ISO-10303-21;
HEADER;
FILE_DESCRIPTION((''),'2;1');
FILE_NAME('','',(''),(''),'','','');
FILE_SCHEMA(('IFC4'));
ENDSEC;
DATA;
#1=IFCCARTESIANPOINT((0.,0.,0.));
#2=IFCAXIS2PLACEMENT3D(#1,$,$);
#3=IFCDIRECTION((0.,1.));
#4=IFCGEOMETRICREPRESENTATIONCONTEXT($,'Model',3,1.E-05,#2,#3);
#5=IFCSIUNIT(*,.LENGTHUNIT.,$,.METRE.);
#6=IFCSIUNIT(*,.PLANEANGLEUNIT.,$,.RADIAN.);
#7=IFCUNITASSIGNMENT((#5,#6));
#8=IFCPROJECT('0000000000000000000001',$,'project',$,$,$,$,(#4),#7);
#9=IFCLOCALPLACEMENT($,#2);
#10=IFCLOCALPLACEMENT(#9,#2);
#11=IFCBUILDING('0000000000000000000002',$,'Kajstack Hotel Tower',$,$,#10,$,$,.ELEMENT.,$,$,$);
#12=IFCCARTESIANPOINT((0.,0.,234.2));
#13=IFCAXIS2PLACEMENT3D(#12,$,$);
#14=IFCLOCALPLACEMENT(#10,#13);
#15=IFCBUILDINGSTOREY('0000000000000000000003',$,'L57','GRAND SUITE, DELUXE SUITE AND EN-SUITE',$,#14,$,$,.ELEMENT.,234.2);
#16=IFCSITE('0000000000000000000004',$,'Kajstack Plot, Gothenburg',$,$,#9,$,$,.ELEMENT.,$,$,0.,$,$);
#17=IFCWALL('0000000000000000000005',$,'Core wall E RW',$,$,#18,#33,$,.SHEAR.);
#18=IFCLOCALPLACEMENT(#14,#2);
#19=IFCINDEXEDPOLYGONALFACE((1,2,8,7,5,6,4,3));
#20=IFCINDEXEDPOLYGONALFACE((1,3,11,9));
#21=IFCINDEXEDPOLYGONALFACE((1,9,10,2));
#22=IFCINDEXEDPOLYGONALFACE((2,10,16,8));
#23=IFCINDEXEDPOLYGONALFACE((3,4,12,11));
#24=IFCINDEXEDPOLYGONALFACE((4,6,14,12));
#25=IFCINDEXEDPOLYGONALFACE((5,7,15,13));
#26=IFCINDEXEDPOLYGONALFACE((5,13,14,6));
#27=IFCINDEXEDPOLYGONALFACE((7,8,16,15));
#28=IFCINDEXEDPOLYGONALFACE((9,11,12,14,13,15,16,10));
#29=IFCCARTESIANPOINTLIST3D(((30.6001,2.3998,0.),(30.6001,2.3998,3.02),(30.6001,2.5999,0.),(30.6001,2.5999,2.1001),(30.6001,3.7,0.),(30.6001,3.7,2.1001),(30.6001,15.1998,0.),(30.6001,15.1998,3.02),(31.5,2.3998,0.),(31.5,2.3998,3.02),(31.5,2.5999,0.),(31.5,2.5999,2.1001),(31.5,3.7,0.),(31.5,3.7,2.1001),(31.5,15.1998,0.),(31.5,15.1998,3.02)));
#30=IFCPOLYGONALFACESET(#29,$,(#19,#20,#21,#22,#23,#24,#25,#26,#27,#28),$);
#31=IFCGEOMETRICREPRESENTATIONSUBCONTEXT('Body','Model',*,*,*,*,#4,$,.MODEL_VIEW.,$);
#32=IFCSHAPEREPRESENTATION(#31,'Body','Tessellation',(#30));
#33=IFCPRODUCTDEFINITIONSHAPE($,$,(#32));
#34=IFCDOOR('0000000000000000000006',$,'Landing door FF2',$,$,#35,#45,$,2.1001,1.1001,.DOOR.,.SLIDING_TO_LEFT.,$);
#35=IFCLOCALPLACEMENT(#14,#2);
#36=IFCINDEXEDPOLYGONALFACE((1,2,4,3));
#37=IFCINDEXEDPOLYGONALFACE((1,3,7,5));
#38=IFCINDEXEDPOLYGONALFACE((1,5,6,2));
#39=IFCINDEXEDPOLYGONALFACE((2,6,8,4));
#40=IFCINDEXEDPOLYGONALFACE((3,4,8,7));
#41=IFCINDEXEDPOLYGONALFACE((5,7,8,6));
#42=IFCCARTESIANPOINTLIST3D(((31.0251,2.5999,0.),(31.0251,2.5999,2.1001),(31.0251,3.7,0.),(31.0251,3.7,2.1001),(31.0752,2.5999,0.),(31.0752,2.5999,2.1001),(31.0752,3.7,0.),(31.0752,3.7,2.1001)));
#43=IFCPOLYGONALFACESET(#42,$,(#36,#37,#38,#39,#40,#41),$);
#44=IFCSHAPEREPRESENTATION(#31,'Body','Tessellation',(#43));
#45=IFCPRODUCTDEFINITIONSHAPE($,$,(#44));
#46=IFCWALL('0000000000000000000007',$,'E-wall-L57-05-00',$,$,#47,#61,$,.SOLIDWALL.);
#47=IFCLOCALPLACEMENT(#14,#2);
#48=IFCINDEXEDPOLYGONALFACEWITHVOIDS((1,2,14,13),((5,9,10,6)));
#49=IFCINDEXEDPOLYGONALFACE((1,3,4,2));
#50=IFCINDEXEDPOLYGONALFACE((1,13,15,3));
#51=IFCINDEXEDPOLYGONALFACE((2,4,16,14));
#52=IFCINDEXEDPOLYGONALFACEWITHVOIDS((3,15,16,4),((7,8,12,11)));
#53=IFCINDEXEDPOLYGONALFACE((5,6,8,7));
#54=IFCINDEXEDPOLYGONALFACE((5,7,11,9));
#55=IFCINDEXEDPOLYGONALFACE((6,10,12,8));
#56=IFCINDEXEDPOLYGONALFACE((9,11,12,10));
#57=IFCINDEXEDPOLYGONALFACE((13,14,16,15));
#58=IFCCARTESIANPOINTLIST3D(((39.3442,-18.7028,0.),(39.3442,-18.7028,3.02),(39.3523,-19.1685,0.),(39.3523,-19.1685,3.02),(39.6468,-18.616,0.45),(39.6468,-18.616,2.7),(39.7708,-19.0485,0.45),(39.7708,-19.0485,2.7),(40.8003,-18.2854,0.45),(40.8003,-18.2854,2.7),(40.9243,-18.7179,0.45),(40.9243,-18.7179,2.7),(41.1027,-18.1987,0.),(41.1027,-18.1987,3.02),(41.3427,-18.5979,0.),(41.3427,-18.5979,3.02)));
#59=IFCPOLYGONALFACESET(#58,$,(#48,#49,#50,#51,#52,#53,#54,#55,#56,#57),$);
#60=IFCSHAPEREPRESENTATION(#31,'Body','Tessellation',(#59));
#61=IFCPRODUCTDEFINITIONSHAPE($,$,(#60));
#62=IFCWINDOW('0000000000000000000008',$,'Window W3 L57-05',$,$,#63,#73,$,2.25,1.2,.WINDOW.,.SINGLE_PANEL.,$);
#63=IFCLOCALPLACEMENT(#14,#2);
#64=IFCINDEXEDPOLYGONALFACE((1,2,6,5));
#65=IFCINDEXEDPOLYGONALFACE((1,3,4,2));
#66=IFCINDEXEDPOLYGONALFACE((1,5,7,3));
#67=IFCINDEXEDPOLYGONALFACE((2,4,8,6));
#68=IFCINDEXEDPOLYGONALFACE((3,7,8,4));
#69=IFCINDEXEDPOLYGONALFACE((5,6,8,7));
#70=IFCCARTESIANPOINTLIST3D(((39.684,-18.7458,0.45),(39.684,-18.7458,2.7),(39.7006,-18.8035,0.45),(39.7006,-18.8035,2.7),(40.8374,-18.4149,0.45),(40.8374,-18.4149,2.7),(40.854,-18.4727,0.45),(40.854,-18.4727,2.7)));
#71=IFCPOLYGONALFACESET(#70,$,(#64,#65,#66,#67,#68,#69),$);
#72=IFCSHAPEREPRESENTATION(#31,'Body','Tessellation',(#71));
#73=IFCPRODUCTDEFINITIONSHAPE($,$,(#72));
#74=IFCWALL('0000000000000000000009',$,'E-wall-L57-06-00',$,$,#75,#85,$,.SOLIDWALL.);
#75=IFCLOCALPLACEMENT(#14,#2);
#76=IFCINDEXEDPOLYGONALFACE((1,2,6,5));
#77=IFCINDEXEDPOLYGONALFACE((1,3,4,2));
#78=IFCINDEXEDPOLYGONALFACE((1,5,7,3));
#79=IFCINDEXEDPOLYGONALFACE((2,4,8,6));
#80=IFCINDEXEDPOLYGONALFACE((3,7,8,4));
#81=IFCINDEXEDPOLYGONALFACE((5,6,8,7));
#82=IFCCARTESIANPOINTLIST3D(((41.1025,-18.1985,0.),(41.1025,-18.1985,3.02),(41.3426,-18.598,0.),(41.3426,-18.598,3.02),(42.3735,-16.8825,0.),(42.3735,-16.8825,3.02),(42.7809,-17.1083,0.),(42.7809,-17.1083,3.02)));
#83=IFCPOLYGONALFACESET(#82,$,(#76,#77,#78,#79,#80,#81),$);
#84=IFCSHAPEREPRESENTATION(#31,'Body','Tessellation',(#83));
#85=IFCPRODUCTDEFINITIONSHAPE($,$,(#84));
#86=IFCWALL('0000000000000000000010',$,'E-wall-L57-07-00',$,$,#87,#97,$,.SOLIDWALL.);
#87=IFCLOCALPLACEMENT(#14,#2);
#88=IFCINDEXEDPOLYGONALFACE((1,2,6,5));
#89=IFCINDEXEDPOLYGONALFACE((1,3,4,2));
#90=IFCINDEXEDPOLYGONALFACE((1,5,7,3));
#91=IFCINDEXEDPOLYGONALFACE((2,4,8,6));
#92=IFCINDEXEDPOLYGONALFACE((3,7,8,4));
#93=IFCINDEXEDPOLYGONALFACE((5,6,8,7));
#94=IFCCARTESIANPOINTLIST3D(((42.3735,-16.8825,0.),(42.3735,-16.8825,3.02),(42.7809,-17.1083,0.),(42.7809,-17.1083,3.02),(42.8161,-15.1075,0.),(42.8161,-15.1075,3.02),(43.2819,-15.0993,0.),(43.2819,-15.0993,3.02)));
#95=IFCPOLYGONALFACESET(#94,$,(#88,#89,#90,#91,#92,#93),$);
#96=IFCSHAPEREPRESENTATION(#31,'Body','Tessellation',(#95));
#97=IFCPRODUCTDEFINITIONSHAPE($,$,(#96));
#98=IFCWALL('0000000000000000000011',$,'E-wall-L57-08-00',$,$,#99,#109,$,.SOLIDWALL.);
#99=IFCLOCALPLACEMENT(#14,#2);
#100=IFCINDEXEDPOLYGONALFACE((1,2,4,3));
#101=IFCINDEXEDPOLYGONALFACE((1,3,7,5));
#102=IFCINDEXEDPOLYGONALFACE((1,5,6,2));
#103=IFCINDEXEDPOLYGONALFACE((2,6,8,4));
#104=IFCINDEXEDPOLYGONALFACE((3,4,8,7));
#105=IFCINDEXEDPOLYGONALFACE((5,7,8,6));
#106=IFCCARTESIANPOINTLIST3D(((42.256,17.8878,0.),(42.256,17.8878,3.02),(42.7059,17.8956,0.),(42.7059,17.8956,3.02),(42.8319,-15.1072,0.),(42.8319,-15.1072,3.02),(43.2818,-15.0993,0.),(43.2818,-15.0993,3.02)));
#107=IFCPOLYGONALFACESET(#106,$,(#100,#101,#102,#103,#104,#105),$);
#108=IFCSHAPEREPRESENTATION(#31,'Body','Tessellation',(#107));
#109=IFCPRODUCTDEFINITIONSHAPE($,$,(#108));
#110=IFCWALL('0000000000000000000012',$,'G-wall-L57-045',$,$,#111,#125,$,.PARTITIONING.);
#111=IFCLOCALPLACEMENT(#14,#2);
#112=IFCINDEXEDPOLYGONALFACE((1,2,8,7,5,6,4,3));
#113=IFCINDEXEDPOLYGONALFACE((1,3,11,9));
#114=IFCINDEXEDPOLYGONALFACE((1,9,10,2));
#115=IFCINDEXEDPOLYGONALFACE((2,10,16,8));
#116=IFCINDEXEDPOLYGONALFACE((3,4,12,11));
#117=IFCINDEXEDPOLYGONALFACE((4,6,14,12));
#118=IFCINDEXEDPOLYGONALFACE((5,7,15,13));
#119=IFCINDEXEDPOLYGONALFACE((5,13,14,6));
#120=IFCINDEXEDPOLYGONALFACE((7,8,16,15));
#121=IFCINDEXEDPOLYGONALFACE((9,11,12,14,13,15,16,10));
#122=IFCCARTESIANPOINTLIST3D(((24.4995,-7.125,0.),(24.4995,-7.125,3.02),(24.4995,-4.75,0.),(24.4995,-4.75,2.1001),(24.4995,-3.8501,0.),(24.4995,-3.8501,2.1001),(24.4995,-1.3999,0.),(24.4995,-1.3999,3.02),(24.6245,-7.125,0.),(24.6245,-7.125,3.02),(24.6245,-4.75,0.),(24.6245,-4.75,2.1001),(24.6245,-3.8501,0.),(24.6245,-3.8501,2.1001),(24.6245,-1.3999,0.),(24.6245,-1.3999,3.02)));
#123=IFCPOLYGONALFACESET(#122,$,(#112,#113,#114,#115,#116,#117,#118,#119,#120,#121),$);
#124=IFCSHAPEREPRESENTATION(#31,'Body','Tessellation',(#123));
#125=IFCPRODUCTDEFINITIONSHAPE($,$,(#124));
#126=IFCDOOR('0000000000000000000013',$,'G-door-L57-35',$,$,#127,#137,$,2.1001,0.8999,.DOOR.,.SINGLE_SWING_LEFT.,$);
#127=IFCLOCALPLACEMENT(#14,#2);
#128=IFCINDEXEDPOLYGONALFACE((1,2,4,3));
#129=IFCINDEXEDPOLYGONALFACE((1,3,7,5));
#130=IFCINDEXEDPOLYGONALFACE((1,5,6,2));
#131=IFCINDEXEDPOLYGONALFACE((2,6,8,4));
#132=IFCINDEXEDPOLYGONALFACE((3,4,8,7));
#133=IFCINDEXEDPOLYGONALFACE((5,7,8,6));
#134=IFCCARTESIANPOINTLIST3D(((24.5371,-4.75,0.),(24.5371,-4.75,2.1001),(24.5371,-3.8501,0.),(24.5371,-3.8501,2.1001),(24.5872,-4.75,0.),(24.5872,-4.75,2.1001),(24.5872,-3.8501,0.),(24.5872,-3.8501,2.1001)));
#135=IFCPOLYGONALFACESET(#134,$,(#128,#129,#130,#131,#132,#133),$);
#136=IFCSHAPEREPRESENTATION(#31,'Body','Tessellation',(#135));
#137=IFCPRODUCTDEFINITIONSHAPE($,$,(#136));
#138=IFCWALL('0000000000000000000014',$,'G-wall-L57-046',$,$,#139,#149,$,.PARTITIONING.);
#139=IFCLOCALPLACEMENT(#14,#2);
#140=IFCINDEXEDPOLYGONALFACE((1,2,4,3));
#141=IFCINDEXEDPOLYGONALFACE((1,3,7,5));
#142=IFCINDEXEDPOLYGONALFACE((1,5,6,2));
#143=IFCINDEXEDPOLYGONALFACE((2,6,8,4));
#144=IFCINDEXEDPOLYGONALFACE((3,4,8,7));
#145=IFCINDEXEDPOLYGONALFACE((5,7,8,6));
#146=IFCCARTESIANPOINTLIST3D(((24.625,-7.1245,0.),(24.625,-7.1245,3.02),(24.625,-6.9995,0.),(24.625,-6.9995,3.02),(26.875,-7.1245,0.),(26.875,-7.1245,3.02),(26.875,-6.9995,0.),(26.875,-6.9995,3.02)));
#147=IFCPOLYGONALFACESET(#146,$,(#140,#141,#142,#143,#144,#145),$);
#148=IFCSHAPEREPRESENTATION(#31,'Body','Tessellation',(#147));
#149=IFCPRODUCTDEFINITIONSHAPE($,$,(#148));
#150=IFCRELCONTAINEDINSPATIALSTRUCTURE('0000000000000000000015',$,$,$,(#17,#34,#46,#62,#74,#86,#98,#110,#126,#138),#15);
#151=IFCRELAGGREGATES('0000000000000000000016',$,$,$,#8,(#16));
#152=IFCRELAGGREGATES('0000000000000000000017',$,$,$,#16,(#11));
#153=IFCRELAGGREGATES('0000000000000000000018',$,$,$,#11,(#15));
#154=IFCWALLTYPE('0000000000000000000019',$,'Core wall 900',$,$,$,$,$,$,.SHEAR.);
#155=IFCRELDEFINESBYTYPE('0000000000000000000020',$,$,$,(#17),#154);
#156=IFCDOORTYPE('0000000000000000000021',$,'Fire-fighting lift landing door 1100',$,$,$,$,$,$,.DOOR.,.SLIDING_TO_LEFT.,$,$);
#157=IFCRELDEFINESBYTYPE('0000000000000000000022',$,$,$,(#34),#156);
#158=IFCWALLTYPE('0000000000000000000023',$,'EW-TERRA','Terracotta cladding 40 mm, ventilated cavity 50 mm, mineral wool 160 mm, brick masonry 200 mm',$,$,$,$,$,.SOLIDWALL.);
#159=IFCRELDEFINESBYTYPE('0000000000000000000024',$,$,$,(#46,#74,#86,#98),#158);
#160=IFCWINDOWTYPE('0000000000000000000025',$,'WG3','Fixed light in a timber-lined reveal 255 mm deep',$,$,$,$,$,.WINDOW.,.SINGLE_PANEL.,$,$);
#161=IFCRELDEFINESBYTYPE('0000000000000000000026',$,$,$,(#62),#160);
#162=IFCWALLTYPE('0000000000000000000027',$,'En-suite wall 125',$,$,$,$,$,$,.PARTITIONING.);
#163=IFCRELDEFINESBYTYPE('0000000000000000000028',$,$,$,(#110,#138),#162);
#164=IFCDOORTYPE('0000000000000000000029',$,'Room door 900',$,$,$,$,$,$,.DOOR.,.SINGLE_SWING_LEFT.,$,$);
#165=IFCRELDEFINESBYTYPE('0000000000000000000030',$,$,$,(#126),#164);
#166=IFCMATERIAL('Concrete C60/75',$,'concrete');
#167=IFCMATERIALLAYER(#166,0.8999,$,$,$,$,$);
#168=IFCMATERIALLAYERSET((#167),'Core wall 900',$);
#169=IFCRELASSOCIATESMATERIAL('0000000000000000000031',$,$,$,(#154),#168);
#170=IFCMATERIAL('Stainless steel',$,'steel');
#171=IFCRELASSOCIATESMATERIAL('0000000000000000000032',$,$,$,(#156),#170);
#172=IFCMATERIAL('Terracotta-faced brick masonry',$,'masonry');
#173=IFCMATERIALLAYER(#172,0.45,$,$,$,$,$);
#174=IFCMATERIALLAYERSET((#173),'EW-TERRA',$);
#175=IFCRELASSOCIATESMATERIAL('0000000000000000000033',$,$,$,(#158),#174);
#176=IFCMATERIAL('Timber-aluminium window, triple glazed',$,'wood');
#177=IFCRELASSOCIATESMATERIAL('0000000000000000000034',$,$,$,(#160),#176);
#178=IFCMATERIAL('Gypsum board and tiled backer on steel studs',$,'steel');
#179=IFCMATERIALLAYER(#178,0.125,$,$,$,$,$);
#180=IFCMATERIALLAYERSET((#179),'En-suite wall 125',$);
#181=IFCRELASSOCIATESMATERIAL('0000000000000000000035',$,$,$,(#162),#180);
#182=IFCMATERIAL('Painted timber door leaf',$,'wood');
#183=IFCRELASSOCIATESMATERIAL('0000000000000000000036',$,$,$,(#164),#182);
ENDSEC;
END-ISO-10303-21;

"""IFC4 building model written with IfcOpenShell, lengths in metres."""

from ifc_helpers import new_model, si_unit, direction, frame, frame_2d, origin, place, context, subcontext, project, spatial, polyline, rectangle, outline, extrude, material, layer, layer_set, type_object, element, fill, save


model = new_model("IFC4")

# Units and contexts
model_context = context("Model", 3, precision=1e-05, world=origin(), true_north=direction((0.0, 1.0)))
body_context = subcontext(model_context, "Body", "Model", "MODEL_VIEW")
ifc_project = project(units=[si_unit("LENGTHUNIT", "METRE"), si_unit("PLANEANGLEUNIT", "RADIAN")], contexts=[model_context])

# Site, building, storey
site_placement = place(None, origin())
site = spatial("IfcSite", under=ifc_project, at=site_placement, Name="Kajstack Plot, Gothenburg", CompositionType="ELEMENT", RefElevation=0.0)
building_placement = place(site_placement, origin())
building = spatial("IfcBuilding", under=site, at=building_placement, Name="Kajstack Hotel Tower", CompositionType="ELEMENT")
storey_placement = place(building_placement, frame((0.0, 0.0, 234.2)))
storey = spatial("IfcBuildingStorey", under=building, at=storey_placement, Name="L57", Description="GRAND SUITE, DELUXE SUITE AND EN-SUITE", CompositionType="ELEMENT", Elevation=234.2)

# Wall, opening, door
ifc_material_1 = material(Name="Concrete C60/75", Category="concrete")
ifc_layer_1 = layer(ifc_material_1, 0.8999)
ifc_layer_set_1 = layer_set([ifc_layer_1], Name="Core wall 900")
wall_type_1 = type_object("IfcWallType", Name="Core wall 900", PredefinedType="SHEAR", material=ifc_layer_set_1)
wall_1_placement = place(storey_placement, frame((31.05, 2.3999, 0.0), z_axis=(0.0, 0.0, 1.0), x_axis=(0.0, 1.0, 0.0)))
wall_1 = element("IfcWall", 1, at=wall_1_placement, inside=storey, type_object=wall_type_1, Name="Core wall E RW", PredefinedType="SHEAR", context=body_context, shape_type="SweptSolid", body=[
    extrude(rectangle(XDim=12.8, YDim=0.8999, at=frame_2d((6.3999, 0.0))), origin(), (0.0, 0.0, 1.0), 3.02),
])
opening_1_placement = place(wall_1_placement, frame((0.2, 0.0, 0.0)))
opening_1 = element("IfcOpeningElement", 2, at=opening_1_placement, cuts=wall_1, PredefinedType="OPENING", context=body_context, shape_type="SweptSolid", body=[
    extrude(rectangle(XDim=1.1001, YDim=2.1001, at=frame_2d((0.55, 1.05))), frame((0.0, 0.46, 0.0), z_axis=(0.0, -1.0, 0.0), x_axis=(1.0, 0.0, 0.0)), (0.0, 0.0, 1.0), 0.9199),
])
ifc_material_2 = material(Name="Stainless steel", Category="steel")
door_type_1 = type_object("IfcDoorType", Name="Fire-fighting lift landing door 1100", OperationType="SLIDING_TO_LEFT", PredefinedType="DOOR", material=ifc_material_2)
door_1_placement = place(opening_1_placement, origin())
door_1 = element("IfcDoor", 3, at=door_1_placement, inside=storey, type_object=door_type_1, Name="Landing door FF2", OperationType="SLIDING_TO_LEFT", OverallHeight=2.1001, OverallWidth=1.1001, PredefinedType="DOOR", context=body_context, shape_type="SweptSolid", body=[
    extrude(rectangle(XDim=1.1001, YDim=2.1001, at=frame_2d((0.55, 1.05))), frame((0.0, 0.0249, 0.0), z_axis=(0.0, -1.0, 0.0), x_axis=(1.0, 0.0, 0.0)), (0.0, 0.0, 1.0), 0.05),
])
fill(opening_1, door_1)

# Wall, opening, window
ifc_material_3 = material(Name="Terracotta-faced brick masonry", Category="masonry")
ifc_layer_2 = layer(ifc_material_3, 0.45)
ifc_layer_set_2 = layer_set([ifc_layer_2], Name="EW-TERRA")
wall_type_2 = type_object("IfcWallType", Name="EW-TERRA", Description="Terracotta cladding 40 mm, ventilated cavity 50 mm, mineral wool 160 mm, brick masonry 200 mm", PredefinedType="SOLIDWALL", material=ifc_layer_set_2)
wall_2_placement = place(storey_placement, frame((39.2903, -18.9524, 0.0), z_axis=(0.0, 0.0, 1.0), x_axis=(0.961248, 0.275687, 0.0)))
wall_2 = element("IfcWall", 4, at=wall_2_placement, inside=storey, type_object=wall_type_2, Name="E-wall-L57-05-00", PredefinedType="SOLIDWALL", context=body_context, shape_type="SweptSolid", body=[
    extrude(outline(polyline([(0.0, -0.2249), (2.0706, -0.2251), (1.95, 0.2249), (0.1206, 0.2251), (0.0, -0.2249)])), origin(), (0.0, 0.0, 1.0), 3.02),
])
opening_2_placement = place(wall_2_placement, frame((0.4353, 0.0, 0.45)))
opening_2 = element("IfcOpeningElement", 5, at=opening_2_placement, cuts=wall_2, PredefinedType="OPENING", context=body_context, shape_type="SweptSolid", body=[
    extrude(rectangle(XDim=1.2, YDim=2.25, at=frame_2d((0.6001, 1.125))), frame((0.0, 0.2349, 0.0), z_axis=(0.0, -1.0, 0.0), x_axis=(1.0, 0.0, 0.0)), (0.0, 0.0, 1.0), 0.47),
])
ifc_material_4 = material(Name="Timber-aluminium window, triple glazed", Category="wood")
window_type = type_object("IfcWindowType", Name="WG3", Description="Fixed light in a timber-lined reveal 255 mm deep", PartitioningType="SINGLE_PANEL", PredefinedType="WINDOW", material=ifc_material_4)
window_placement = place(opening_2_placement, origin())
window = element("IfcWindow", 6, at=window_placement, inside=storey, type_object=window_type, Name="Window W3 L57-05", OverallHeight=2.25, OverallWidth=1.2, PartitioningType="SINGLE_PANEL", PredefinedType="WINDOW", context=body_context, shape_type="SweptSolid", body=[
    extrude(rectangle(XDim=1.2, YDim=2.25, at=frame_2d((0.6001, 1.125))), frame((0.0, 0.0901, 0.0), z_axis=(0.0, -1.0, 0.0), x_axis=(1.0, 0.0, 0.0)), (0.0, 0.0, 1.0), 0.0601),
])
fill(opening_2, window)

# Walls
wall_3_placement = place(storey_placement, frame((41.1807, -18.4417, 0.0), z_axis=(0.0, 0.0, 1.0), x_axis=(0.694679, 0.71932, 0.0)))
element("IfcWall", 7, at=wall_3_placement, inside=storey, type_object=wall_type_2, Name="E-wall-L57-06-00", PredefinedType="SOLIDWALL", context=body_context, shape_type="SweptSolid", body=[
    extrude(outline(polyline([(0.0, -0.2251), (2.0708, -0.2249), (1.9502, 0.2251), (0.1206, 0.2251), (0.0, -0.2251)])), origin(), (0.0, 0.0, 1.0), 3.02),
])
wall_4_placement = place(storey_placement, frame((42.5627, -17.054, 0.0), z_axis=(0.0, 0.0, 1.0), x_axis=(0.241842, 0.970316, 0.0)))
element("IfcWall", 8, at=wall_4_placement, inside=storey, type_object=wall_type_2, Name="E-wall-L57-07-00", PredefinedType="SOLIDWALL", context=body_context, shape_type="SweptSolid", body=[
    extrude(outline(polyline([(0.0, -0.2249), (2.0706, -0.2251), (1.95, 0.2249), (0.1206, 0.2251), (0.0, -0.2249)])), origin(), (0.0, 0.0, 1.0), 3.02),
])
wall_5_placement = place(storey_placement, frame((43.0569, -15.1033, 0.0), z_axis=(0.0, 0.0, 1.0), x_axis=(-0.017452, 0.999848, 0.0)))
element("IfcWall", 9, at=wall_5_placement, inside=storey, type_object=wall_type_2, Name="E-wall-L57-08-00", PredefinedType="SOLIDWALL", context=body_context, shape_type="SweptSolid", body=[
    extrude(rectangle(XDim=33.0, YDim=0.45, at=frame_2d((16.5, 0.0))), origin(), (0.0, 0.0, 1.0), 3.02),
])

# Wall, opening, door
ifc_material_5 = material(Name="Gypsum board and tiled backer on steel studs", Category="steel")
ifc_layer_3 = layer(ifc_material_5, 0.125)
ifc_layer_set_3 = layer_set([ifc_layer_3], Name="En-suite wall 125")
wall_type_3 = type_object("IfcWallType", Name="En-suite wall 125", PredefinedType="PARTITIONING", material=ifc_layer_set_3)
wall_6_placement = place(storey_placement, frame((24.562, -7.125, 0.0), z_axis=(0.0, 0.0, 1.0), x_axis=(0.0, 1.0, 0.0)))
wall_6 = element("IfcWall", 10, at=wall_6_placement, inside=storey, type_object=wall_type_3, Name="G-wall-L57-045", PredefinedType="PARTITIONING", context=body_context, shape_type="SweptSolid", body=[
    extrude(rectangle(XDim=5.7251, YDim=0.125, at=frame_2d((2.8625, 0.0))), origin(), (0.0, 0.0, 1.0), 3.02),
])
opening_3_placement = place(wall_6_placement, frame((2.375, 0.0, 0.0)))
opening_3 = element("IfcOpeningElement", 11, at=opening_3_placement, cuts=wall_6, PredefinedType="OPENING", context=body_context, shape_type="SweptSolid", body=[
    extrude(rectangle(XDim=0.8999, YDim=2.1001, at=frame_2d((0.45, 1.05))), frame((0.0, 0.0725, 0.0), z_axis=(0.0, -1.0, 0.0), x_axis=(1.0, 0.0, 0.0)), (0.0, 0.0, 1.0), 0.145),
])
ifc_material_6 = material(Name="Painted timber door leaf", Category="wood")
door_type_2 = type_object("IfcDoorType", Name="Room door 900", OperationType="SINGLE_SWING_LEFT", PredefinedType="DOOR", material=ifc_material_6)
door_2_placement = place(opening_3_placement, origin())
door_2 = element("IfcDoor", 12, at=door_2_placement, inside=storey, type_object=door_type_2, Name="G-door-L57-35", OperationType="SINGLE_SWING_LEFT", OverallHeight=2.1001, OverallWidth=0.8999, PredefinedType="DOOR", context=body_context, shape_type="SweptSolid", body=[
    extrude(rectangle(XDim=0.8999, YDim=2.1001, at=frame_2d((0.45, 1.05))), frame((0.0, 0.0249, 0.0), z_axis=(0.0, -1.0, 0.0), x_axis=(1.0, 0.0, 0.0)), (0.0, 0.0, 1.0), 0.05),
])
fill(opening_3, door_2)

# Wall
wall_7_placement = place(storey_placement, frame((24.625, -7.062, 0.0), z_axis=(0.0, 0.0, 1.0), x_axis=(1.0, 0.0, 0.0)))
element("IfcWall", 13, at=wall_7_placement, inside=storey, type_object=wall_type_3, Name="G-wall-L57-046", PredefinedType="PARTITIONING", context=body_context, shape_type="SweptSolid", body=[
    extrude(rectangle(XDim=2.25, YDim=0.125, at=frame_2d((1.125, 0.0))), origin(), (0.0, 0.0, 1.0), 3.02),
])

save(model, "model.ifc")
